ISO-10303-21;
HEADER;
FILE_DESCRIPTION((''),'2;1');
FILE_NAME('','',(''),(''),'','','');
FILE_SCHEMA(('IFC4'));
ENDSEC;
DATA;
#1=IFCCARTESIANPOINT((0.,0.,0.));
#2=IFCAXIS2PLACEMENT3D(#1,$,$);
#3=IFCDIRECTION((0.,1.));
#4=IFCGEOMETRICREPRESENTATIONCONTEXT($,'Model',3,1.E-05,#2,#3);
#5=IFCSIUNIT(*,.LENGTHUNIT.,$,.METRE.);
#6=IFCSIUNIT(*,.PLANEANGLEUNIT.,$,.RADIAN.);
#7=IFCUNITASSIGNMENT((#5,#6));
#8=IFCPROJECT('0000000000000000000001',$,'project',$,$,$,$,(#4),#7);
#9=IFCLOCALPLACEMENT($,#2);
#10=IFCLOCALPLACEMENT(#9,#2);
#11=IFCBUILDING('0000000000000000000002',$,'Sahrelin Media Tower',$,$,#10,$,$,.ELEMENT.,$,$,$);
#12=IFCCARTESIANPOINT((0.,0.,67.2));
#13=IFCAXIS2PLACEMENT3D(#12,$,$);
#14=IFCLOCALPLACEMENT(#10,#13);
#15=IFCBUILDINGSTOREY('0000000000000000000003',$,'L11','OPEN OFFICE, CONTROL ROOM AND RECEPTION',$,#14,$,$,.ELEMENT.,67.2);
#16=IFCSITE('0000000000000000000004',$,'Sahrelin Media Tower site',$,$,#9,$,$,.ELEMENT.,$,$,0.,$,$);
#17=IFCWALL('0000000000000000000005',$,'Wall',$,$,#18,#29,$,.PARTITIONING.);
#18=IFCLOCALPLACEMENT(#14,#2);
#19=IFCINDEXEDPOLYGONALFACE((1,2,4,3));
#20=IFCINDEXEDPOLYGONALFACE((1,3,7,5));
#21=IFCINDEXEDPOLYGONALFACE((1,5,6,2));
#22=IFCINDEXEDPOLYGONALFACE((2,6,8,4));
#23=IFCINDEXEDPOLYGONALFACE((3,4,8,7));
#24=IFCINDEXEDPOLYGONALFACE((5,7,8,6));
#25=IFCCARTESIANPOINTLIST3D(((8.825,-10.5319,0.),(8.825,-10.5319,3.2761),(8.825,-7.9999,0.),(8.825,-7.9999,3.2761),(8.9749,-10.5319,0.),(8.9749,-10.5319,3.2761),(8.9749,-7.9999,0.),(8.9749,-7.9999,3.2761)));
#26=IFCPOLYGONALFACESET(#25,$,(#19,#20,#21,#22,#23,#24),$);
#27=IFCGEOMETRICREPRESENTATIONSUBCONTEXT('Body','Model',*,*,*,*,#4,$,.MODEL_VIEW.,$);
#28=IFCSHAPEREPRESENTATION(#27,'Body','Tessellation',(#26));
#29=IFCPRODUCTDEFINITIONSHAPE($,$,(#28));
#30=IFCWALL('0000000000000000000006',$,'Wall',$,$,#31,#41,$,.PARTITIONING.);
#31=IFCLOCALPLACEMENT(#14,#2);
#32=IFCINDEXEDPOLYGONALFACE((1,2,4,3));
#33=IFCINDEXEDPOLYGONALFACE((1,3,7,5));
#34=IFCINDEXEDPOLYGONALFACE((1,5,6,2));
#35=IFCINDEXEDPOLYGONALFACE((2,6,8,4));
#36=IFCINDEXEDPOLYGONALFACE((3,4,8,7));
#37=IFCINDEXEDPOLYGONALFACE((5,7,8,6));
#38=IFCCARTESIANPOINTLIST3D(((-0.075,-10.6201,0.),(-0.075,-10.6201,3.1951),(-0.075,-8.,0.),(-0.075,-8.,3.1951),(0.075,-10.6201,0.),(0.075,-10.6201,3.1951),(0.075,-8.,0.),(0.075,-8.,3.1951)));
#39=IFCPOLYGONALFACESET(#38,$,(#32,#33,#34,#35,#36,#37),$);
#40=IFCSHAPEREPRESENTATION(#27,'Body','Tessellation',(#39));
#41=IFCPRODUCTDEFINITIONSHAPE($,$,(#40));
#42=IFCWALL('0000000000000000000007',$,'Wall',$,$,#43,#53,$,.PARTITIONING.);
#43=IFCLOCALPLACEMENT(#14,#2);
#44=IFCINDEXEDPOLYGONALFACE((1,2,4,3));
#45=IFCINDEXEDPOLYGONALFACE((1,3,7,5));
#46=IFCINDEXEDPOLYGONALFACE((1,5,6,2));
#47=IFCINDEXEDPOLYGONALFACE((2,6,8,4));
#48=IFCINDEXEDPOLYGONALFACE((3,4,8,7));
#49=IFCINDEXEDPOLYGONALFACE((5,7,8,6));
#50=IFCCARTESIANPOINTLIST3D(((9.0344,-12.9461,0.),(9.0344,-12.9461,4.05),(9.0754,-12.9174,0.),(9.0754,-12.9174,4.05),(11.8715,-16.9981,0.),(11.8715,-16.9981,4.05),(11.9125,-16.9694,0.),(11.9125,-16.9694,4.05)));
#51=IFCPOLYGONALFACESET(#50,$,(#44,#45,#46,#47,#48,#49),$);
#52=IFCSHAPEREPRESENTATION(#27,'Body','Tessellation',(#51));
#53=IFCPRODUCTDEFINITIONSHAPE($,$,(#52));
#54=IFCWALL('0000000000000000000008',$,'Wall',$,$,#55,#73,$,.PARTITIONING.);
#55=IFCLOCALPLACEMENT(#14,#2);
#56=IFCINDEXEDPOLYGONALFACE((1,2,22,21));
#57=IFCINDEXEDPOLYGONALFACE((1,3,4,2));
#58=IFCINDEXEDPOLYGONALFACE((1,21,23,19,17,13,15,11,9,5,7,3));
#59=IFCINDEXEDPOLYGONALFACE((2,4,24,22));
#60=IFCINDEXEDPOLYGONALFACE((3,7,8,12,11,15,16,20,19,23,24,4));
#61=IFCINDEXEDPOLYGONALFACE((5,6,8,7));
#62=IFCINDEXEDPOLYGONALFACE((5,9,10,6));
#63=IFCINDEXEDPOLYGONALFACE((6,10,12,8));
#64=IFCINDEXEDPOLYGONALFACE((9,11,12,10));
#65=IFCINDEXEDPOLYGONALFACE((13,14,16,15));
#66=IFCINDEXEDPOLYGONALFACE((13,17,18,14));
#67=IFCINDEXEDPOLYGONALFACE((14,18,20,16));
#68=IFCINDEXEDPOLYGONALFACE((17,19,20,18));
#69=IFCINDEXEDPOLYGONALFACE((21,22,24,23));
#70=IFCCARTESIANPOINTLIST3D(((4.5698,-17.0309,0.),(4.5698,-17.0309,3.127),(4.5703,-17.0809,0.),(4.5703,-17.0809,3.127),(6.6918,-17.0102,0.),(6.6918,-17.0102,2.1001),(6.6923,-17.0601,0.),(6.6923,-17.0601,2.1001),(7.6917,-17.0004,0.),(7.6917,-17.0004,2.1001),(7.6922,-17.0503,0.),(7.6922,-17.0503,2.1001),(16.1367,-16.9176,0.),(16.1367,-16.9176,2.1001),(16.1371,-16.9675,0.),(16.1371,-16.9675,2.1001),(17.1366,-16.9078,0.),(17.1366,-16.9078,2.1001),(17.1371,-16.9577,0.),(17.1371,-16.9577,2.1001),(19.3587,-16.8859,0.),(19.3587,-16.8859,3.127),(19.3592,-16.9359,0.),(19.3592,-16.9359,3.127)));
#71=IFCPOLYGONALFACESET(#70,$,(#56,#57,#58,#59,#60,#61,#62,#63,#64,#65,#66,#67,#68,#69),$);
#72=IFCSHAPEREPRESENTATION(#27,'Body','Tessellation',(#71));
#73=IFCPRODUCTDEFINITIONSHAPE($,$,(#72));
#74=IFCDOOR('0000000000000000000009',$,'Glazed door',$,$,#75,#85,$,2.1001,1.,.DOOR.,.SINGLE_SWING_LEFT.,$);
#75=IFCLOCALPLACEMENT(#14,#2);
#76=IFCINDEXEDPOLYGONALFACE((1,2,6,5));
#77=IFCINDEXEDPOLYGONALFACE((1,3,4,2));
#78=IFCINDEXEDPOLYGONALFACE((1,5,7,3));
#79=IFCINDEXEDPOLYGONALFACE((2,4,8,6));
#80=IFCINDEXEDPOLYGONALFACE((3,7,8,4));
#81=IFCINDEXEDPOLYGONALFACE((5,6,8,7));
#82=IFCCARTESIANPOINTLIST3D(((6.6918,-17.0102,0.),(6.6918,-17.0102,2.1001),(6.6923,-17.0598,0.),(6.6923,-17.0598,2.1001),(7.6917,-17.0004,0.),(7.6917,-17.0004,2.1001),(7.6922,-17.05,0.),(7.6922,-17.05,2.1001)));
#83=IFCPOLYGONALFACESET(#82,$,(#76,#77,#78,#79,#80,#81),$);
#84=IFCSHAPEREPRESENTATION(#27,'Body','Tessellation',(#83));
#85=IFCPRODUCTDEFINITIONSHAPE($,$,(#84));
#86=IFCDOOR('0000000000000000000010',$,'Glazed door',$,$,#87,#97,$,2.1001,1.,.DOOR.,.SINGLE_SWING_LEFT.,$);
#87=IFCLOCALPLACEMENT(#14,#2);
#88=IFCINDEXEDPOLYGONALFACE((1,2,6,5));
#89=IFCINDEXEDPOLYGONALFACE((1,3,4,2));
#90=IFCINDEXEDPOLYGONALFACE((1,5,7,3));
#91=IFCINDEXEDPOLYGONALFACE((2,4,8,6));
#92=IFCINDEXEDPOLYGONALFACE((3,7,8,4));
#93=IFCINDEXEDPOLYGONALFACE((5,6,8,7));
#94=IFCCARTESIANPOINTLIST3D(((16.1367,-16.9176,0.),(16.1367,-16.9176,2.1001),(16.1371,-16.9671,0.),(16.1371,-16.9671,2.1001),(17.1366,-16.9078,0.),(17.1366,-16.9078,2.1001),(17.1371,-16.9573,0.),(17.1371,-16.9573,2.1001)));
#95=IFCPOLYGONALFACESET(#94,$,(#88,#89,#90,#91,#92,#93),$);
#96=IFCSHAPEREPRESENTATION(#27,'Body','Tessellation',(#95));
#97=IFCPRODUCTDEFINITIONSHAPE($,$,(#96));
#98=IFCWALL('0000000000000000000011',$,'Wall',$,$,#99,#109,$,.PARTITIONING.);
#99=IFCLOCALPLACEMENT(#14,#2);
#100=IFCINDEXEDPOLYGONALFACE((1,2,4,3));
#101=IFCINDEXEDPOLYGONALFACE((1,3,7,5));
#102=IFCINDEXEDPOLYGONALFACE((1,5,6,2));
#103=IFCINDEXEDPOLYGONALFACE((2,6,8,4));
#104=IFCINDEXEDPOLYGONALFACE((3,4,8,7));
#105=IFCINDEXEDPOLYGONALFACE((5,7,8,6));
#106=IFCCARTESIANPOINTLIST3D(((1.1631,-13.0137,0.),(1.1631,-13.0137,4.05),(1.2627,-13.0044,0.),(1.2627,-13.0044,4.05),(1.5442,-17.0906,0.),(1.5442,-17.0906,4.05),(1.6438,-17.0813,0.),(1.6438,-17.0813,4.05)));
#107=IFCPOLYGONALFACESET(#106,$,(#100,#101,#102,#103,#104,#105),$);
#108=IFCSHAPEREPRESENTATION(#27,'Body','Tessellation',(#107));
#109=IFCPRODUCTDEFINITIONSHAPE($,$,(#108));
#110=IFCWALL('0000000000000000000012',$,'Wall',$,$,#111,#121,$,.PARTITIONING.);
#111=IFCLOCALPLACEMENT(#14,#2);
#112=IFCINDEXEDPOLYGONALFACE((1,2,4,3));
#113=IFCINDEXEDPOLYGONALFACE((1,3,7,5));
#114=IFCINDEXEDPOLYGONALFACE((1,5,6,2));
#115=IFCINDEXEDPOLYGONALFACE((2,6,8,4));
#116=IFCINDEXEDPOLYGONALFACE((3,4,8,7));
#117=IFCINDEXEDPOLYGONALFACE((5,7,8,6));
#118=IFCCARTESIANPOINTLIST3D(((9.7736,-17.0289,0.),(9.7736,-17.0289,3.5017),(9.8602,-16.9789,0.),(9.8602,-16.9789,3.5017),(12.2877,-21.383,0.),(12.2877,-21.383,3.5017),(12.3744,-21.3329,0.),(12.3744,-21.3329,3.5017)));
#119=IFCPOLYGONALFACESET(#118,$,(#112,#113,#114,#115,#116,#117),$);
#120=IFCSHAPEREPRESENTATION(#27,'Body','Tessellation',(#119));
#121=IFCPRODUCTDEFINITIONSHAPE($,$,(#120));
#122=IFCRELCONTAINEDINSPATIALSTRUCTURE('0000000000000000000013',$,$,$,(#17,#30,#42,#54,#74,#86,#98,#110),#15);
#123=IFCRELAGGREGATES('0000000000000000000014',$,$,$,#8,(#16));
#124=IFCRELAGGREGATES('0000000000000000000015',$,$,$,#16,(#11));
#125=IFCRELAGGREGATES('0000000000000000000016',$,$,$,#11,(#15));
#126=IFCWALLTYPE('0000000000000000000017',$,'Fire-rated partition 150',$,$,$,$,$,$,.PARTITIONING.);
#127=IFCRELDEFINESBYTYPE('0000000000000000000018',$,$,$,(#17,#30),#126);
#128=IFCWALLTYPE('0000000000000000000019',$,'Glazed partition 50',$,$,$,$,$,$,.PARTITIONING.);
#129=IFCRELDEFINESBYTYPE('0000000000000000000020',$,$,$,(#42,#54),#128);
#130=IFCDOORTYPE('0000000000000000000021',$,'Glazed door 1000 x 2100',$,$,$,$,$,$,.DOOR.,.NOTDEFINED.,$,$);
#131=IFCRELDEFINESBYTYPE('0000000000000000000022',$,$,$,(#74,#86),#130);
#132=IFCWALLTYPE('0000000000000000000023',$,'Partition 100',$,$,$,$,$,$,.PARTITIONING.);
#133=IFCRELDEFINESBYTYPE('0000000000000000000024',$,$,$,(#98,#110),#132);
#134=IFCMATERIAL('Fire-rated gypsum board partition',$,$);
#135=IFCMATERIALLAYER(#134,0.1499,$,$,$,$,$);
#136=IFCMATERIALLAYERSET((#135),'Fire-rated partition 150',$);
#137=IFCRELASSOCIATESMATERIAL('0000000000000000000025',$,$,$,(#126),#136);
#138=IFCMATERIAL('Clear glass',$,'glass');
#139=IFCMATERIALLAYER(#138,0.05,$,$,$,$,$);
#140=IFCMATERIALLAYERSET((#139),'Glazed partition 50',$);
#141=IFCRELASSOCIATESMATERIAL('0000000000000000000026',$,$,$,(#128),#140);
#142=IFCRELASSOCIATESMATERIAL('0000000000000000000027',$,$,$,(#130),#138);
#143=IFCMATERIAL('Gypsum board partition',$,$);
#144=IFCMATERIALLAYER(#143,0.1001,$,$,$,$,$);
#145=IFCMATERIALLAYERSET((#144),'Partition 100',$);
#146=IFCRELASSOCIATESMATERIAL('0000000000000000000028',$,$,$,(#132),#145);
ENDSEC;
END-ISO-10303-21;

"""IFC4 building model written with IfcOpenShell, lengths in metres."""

from ifc_helpers import new_model, si_unit, direction, frame, frame_2d, origin, place, context, subcontext, project, spatial, rectangle, extrude, material, layer, layer_set, type_object, element, fill, save


model = new_model("IFC4")

# Units and contexts
model_context = context("Model", 3, precision=1e-05, world=origin(), true_north=direction((0.0, 1.0)))
body_context = subcontext(model_context, "Body", "Model", "MODEL_VIEW")
ifc_project = project(units=[si_unit("LENGTHUNIT", "METRE"), si_unit("PLANEANGLEUNIT", "RADIAN")], contexts=[model_context])

# Site, building, storey
site_placement = place(None, origin())
site = spatial("IfcSite", under=ifc_project, at=site_placement, Name="Sahrelin Media Tower site", CompositionType="ELEMENT", RefElevation=0.0)
building_placement = place(site_placement, origin())
building = spatial("IfcBuilding", under=site, at=building_placement, Name="Sahrelin Media Tower", CompositionType="ELEMENT")
storey_placement = place(building_placement, frame((0.0, 0.0, 67.2)))
storey = spatial("IfcBuildingStorey", under=building, at=storey_placement, Name="L11", Description="OPEN OFFICE, CONTROL ROOM AND RECEPTION", CompositionType="ELEMENT", Elevation=67.2)

# Walls
ifc_material_1 = material(Name="Fire-rated gypsum board partition")
ifc_layer_1 = layer(ifc_material_1, 0.1499)
ifc_layer_set_1 = layer_set([ifc_layer_1], Name="Fire-rated partition 150")
wall_type_1 = type_object("IfcWallType", Name="Fire-rated partition 150", PredefinedType="PARTITIONING", material=ifc_layer_set_1)
wall_1_placement = place(storey_placement, frame((8.8999, -10.532, 0.0), z_axis=(0.0, 0.0, 1.0), x_axis=(0.0, 1.0, 0.0)))
element("IfcWall", 1, at=wall_1_placement, inside=storey, type_object=wall_type_1, Name="Wall", PredefinedType="PARTITIONING", context=body_context, shape_type="SweptSolid", body=[
    extrude(rectangle(XDim=2.532, YDim=0.1499, at=frame_2d((1.2661, 0.0))), origin(), (0.0, 0.0, 1.0), 3.2761),
])
wall_2_placement = place(storey_placement, frame((0.0, -10.6201, 0.0), z_axis=(0.0, 0.0, 1.0), x_axis=(0.0, 1.0, 0.0)))
element("IfcWall", 2, at=wall_2_placement, inside=storey, type_object=wall_type_1, Name="Wall", PredefinedType="PARTITIONING", context=body_context, shape_type="SweptSolid", body=[
    extrude(rectangle(XDim=2.6201, YDim=0.1499, at=frame_2d((1.3101, 0.0))), origin(), (0.0, 0.0, 1.0), 3.1951),
])
ifc_material_2 = material(Name="Clear glass", Category="glass")
ifc_layer_2 = layer(ifc_material_2, 0.05)
ifc_layer_set_2 = layer_set([ifc_layer_2], Name="Glazed partition 50")
wall_type_2 = type_object("IfcWallType", Name="Glazed partition 50", PredefinedType="PARTITIONING", material=ifc_layer_set_2)
wall_3_placement = place(storey_placement, frame((9.0549, -12.9319, 0.0), z_axis=(0.0, 0.0, 1.0), x_axis=(0.573565, -0.81916, 0.0)))
element("IfcWall", 3, at=wall_3_placement, inside=storey, type_object=wall_type_2, Name="Wall", PredefinedType="PARTITIONING", context=body_context, shape_type="SweptSolid", body=[
    extrude(rectangle(XDim=4.9465, YDim=0.05, at=frame_2d((2.4731, 0.0))), origin(), (0.0, 0.0, 1.0), 4.05),
])

# Wall, openings, doors
wall_4_placement = place(storey_placement, frame((4.5701, -17.0559, 0.0), z_axis=(0.0, 0.0, 1.0), x_axis=(0.999952, 0.009806, 0.0)))
wall_4 = element("IfcWall", 4, at=wall_4_placement, inside=storey, type_object=wall_type_2, Name="Wall", PredefinedType="PARTITIONING", context=body_context, shape_type="SweptSolid", body=[
    extrude(rectangle(XDim=14.7896, YDim=0.05, at=frame_2d((7.3948, 0.0))), origin(), (0.0, 0.0, 1.0), 3.127),
])
opening_1_placement = place(wall_4_placement, frame((2.1221, 0.0, 0.0)))
opening_1 = element("IfcOpeningElement", 5, at=opening_1_placement, cuts=wall_4, PredefinedType="OPENING", context=body_context, shape_type="SweptSolid", body=[
    extrude(rectangle(XDim=1.0, YDim=2.1001, at=frame_2d((0.5, 1.05))), frame((0.0, 0.0249, 0.0), z_axis=(0.0, -1.0, 0.0), x_axis=(1.0, 0.0, 0.0)), (0.0, 0.0, 1.0), 0.05),
])
opening_2_placement = place(wall_4_placement, frame((11.5674, 0.0, 0.0)))
opening_2 = element("IfcOpeningElement", 6, at=opening_2_placement, cuts=wall_4, PredefinedType="OPENING", context=body_context, shape_type="SweptSolid", body=[
    extrude(rectangle(XDim=1.0, YDim=2.1001, at=frame_2d((0.5, 1.05))), frame((0.0, 0.0249, 0.0), z_axis=(0.0, -1.0, 0.0), x_axis=(1.0, 0.0, 0.0)), (0.0, 0.0, 1.0), 0.05),
])
door_type = type_object("IfcDoorType", Name="Glazed door 1000 x 2100", OperationType="NOTDEFINED", PredefinedType="DOOR", material=ifc_material_2)
door_1_placement = place(opening_1_placement, origin())
door_1 = element("IfcDoor", 7, at=door_1_placement, inside=storey, type_object=door_type, Name="Glazed door", OperationType="SINGLE_SWING_LEFT", OverallHeight=2.1001, OverallWidth=1.0, PredefinedType="DOOR", context=body_context, shape_type="SweptSolid", body=[
    extrude(rectangle(XDim=1.0, YDim=2.1001, at=frame_2d((0.5, 1.05))), frame((0.0, 0.0249, 0.0), z_axis=(0.0, -1.0, 0.0), x_axis=(1.0, 0.0, 0.0)), (0.0, 0.0, 1.0), 0.0496),
])
fill(opening_1, door_1)
door_2_placement = place(opening_2_placement, origin())
door_2 = element("IfcDoor", 8, at=door_2_placement, inside=storey, type_object=door_type, Name="Glazed door", OperationType="SINGLE_SWING_LEFT", OverallHeight=2.1001, OverallWidth=1.0, PredefinedType="DOOR", context=body_context, shape_type="SweptSolid", body=[
    extrude(rectangle(XDim=1.0, YDim=2.1001, at=frame_2d((0.5, 1.05))), frame((0.0, 0.0249, 0.0), z_axis=(0.0, -1.0, 0.0), x_axis=(1.0, 0.0, 0.0)), (0.0, 0.0, 1.0), 0.0496),
])
fill(opening_2, door_2)

# Walls
ifc_material_3 = material(Name="Gypsum board partition")
ifc_layer_3 = layer(ifc_material_3, 0.1001)
ifc_layer_set_3 = layer_set([ifc_layer_3], Name="Partition 100")
wall_type_3 = type_object("IfcWallType", Name="Partition 100", PredefinedType="PARTITIONING", material=ifc_layer_set_3)
wall_5_placement = place(storey_placement, frame((1.2129, -13.009, 0.0), z_axis=(0.0, 0.0, 1.0), x_axis=(0.093073, -0.995659, 0.0)))
element("IfcWall", 9, at=wall_5_placement, inside=storey, type_object=wall_type_3, Name="Wall", PredefinedType="PARTITIONING", context=body_context, shape_type="SweptSolid", body=[
    extrude(rectangle(XDim=4.0947, YDim=0.1001, at=frame_2d((2.0474, 0.0))), origin(), (0.0, 0.0, 1.0), 4.05),
])
wall_6_placement = place(storey_placement, frame((9.8169, -17.0039, 0.0), z_axis=(0.0, 0.0, 1.0), x_axis=(0.500056, -0.865993, 0.0)))
element("IfcWall", 10, at=wall_6_placement, inside=storey, type_object=wall_type_3, Name="Wall", PredefinedType="PARTITIONING", context=body_context, shape_type="SweptSolid", body=[
    extrude(rectangle(XDim=5.0278, YDim=0.1001, at=frame_2d((2.5139, 0.0))), origin(), (0.0, 0.0, 1.0), 3.5017),
])

save(model, "model.ifc")
